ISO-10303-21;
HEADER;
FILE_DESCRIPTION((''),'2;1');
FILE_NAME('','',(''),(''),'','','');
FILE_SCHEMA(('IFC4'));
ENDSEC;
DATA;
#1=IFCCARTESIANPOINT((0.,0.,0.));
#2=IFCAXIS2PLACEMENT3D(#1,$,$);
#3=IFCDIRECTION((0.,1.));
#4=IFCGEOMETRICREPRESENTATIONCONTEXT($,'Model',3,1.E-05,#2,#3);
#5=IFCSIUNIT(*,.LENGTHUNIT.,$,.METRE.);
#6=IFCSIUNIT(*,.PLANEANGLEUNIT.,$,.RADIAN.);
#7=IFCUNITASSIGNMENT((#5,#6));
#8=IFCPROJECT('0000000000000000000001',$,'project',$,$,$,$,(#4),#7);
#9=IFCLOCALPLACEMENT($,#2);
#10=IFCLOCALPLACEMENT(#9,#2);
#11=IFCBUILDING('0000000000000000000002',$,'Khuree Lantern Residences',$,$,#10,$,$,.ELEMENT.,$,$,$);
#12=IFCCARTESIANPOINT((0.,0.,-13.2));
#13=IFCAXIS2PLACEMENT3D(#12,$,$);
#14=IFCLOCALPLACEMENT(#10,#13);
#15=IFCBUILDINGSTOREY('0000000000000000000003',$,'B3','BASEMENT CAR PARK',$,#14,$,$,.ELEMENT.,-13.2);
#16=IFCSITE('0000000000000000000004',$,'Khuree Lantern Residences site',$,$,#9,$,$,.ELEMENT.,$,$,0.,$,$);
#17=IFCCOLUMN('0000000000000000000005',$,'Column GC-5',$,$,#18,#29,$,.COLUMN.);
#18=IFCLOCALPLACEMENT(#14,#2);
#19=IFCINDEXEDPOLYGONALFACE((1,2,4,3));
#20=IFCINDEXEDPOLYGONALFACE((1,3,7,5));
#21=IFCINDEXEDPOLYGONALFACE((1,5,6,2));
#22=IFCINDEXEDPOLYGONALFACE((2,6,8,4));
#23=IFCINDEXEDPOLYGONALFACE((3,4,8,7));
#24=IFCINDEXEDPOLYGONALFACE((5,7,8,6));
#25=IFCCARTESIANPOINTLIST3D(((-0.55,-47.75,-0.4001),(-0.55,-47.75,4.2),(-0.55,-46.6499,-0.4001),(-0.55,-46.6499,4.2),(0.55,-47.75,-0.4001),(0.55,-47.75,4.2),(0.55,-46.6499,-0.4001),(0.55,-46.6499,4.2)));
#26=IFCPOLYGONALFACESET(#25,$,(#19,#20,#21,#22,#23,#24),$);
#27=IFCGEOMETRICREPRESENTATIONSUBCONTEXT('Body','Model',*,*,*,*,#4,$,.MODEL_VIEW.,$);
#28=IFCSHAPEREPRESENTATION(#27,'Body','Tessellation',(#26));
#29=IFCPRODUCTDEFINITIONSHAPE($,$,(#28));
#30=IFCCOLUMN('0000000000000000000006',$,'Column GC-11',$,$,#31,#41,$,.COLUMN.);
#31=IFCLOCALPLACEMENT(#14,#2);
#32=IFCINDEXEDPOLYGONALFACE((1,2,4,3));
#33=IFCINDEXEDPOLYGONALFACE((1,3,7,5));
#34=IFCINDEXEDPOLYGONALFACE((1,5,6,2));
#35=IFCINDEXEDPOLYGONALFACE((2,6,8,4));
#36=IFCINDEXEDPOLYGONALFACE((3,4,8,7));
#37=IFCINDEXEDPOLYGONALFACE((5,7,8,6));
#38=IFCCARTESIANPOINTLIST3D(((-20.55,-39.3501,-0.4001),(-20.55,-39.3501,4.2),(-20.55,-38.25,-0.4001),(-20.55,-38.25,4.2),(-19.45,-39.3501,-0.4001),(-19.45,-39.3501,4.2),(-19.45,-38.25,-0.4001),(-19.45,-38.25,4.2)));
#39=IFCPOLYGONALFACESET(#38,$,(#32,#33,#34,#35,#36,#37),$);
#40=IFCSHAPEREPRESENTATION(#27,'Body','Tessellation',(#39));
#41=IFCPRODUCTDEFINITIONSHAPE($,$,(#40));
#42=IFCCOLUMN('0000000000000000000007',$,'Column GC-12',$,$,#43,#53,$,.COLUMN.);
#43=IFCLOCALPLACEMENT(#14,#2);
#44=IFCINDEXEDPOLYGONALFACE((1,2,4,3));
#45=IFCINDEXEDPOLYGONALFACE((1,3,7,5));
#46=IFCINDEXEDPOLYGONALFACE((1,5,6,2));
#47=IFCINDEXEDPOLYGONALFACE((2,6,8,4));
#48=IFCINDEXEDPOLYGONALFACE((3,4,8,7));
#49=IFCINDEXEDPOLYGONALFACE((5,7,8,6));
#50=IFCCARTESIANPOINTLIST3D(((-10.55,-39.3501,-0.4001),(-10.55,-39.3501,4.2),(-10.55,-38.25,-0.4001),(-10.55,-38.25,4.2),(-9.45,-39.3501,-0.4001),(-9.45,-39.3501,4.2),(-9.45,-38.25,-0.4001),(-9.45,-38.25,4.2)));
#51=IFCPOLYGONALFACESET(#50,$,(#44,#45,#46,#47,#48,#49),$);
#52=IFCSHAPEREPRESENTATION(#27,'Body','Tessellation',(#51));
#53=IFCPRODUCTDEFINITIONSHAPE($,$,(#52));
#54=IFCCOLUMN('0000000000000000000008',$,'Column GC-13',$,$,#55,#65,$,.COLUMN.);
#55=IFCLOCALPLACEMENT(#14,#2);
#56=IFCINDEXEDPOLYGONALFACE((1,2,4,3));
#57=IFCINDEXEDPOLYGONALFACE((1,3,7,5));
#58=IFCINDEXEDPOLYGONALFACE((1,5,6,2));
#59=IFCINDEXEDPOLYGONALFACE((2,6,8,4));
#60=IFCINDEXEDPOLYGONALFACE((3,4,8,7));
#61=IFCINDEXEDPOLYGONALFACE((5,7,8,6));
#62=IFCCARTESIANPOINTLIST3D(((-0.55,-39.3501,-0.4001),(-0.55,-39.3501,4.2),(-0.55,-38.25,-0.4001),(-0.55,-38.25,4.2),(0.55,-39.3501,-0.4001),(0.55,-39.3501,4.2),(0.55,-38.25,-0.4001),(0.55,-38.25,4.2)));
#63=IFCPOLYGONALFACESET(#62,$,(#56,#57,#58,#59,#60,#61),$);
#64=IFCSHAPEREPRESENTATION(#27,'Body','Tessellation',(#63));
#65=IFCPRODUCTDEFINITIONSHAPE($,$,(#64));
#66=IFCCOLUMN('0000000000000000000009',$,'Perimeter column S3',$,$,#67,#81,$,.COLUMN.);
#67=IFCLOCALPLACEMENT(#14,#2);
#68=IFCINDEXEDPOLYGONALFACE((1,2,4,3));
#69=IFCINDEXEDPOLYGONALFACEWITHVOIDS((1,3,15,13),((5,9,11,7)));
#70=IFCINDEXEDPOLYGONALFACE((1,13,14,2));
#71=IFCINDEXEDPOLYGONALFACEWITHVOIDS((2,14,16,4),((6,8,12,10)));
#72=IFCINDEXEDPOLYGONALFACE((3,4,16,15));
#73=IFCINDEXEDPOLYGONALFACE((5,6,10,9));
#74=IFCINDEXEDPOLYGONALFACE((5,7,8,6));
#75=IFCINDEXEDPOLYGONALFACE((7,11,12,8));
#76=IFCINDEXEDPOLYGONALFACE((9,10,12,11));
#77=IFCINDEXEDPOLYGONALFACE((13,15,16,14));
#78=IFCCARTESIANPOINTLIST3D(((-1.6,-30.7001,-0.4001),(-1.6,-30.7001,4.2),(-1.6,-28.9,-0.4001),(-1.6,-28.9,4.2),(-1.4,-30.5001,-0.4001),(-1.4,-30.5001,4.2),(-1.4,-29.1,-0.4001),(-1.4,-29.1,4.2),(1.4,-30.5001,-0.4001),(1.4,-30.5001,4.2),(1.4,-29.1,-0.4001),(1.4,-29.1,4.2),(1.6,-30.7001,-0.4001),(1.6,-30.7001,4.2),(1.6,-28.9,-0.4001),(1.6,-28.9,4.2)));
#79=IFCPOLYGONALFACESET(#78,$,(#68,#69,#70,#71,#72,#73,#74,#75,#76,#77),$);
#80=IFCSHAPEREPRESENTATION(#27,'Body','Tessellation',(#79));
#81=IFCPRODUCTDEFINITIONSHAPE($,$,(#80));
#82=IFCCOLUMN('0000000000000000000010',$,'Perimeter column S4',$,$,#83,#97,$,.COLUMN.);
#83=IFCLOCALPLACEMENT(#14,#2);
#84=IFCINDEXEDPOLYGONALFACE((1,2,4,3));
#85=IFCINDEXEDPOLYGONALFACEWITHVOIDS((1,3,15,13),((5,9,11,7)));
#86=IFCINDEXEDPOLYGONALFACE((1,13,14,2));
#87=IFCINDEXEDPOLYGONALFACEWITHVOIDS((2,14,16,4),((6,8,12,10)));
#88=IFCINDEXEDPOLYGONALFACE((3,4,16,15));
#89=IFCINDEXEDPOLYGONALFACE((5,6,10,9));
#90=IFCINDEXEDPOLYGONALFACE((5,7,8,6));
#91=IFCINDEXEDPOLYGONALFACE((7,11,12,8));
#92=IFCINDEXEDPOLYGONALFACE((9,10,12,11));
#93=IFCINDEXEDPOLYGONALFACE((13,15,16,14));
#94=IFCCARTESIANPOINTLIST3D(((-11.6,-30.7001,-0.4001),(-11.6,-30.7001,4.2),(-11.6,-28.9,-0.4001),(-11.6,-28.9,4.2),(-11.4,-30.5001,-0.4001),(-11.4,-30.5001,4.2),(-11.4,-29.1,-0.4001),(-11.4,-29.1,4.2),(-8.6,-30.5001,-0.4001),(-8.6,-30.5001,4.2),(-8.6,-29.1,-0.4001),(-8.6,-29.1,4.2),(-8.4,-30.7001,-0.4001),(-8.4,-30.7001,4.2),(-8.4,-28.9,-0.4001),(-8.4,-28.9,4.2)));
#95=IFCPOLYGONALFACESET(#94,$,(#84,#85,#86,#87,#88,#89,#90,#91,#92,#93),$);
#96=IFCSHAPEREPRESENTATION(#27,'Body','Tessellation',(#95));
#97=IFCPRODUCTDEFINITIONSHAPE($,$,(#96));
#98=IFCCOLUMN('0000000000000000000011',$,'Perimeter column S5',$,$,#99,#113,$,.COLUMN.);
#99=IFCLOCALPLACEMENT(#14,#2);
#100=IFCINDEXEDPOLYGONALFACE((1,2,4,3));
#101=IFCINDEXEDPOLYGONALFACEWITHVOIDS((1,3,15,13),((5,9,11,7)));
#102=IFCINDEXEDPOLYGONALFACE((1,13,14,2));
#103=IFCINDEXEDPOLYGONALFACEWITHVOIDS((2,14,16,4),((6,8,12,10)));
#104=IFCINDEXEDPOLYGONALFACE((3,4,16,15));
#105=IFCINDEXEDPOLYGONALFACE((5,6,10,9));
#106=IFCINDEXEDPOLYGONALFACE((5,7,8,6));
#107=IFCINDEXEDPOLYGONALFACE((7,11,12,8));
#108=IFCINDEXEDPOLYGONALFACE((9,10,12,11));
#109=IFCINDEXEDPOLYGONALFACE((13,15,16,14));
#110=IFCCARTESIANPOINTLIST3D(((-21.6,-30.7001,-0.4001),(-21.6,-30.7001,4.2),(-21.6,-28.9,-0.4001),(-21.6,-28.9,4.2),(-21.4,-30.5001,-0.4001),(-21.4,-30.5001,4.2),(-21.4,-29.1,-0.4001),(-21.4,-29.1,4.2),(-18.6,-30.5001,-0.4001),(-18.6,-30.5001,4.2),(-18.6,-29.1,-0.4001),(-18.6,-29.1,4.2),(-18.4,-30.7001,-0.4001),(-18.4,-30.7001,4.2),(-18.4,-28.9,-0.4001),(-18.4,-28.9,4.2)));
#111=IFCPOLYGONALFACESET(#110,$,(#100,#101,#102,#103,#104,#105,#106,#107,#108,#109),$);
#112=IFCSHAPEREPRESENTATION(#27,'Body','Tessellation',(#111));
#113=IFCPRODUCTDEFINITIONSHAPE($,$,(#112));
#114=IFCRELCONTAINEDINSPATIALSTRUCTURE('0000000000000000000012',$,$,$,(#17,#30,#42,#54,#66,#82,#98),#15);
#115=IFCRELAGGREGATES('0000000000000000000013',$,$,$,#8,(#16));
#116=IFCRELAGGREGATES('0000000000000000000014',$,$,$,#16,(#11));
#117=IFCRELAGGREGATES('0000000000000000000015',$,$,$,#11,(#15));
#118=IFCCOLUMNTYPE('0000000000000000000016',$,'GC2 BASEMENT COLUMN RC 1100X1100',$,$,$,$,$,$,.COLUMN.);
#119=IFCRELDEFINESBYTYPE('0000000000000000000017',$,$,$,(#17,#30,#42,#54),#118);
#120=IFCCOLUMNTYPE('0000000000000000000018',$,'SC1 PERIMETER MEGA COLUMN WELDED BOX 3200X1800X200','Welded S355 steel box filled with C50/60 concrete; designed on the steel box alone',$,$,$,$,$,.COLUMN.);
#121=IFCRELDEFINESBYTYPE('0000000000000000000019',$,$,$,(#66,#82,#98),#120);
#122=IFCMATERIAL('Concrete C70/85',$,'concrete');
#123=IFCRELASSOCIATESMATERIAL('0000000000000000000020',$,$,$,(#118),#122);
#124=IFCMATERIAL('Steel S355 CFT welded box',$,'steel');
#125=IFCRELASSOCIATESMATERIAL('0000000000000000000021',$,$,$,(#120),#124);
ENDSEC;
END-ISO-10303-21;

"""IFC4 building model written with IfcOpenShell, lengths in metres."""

from ifc_helpers import new_model, si_unit, direction, frame, origin, origin_2d, place, context, subcontext, project, spatial, rectangle, hollow_rectangle, extrude, material, material_profile, profile_set, type_object, element, save


model = new_model("IFC4")

# Units and contexts
model_context = context("Model", 3, precision=1e-05, world=origin(), true_north=direction((0.0, 1.0)))
body_context = subcontext(model_context, "Body", "Model", "MODEL_VIEW")
ifc_project = project(units=[si_unit("LENGTHUNIT", "METRE"), si_unit("PLANEANGLEUNIT", "RADIAN")], contexts=[model_context])

# Site, building, storey
site_placement = place(None, origin())
site = spatial("IfcSite", under=ifc_project, at=site_placement, Name="Khuree Lantern Residences site", CompositionType="ELEMENT", RefElevation=0.0)
building_placement = place(site_placement, origin())
building = spatial("IfcBuilding", under=site, at=building_placement, Name="Khuree Lantern Residences", CompositionType="ELEMENT")
storey_placement = place(building_placement, frame((0.0, 0.0, -13.2)))
storey = spatial("IfcBuildingStorey", under=building, at=storey_placement, Name="B3", Description="BASEMENT CAR PARK", CompositionType="ELEMENT", Elevation=-13.2)

# Columns
ifc_material_1 = material(Name="Concrete C70/85", Category="concrete")
ifc_material_profile_1 = material_profile(ifc_material_1, rectangle(XDim=1.1001, YDim=1.1001, at=origin_2d()), Name="RC 1100X1100")
ifc_profile_set_1 = profile_set([ifc_material_profile_1], Name="Concrete C70/85")
column_type_1 = type_object("IfcColumnType", Name="GC2 BASEMENT COLUMN RC 1100X1100", PredefinedType="COLUMN", material=ifc_profile_set_1)
for number, where, z_axis, x_axis, name in (
    (1, (0.0, -47.2, -0.4001), (0.0, 0.0, 1.0), (1.0, 0.0, 0.0), "Column GC-5"),
    (2, (-20.0, -38.8, -0.4001), (0.0, 0.0, 1.0), (1.0, 0.0, 0.0), "Column GC-11"),
    (3, (-10.0, -38.8, -0.4001), (0.0, 0.0, 1.0), (1.0, 0.0, 0.0), "Column GC-12"),
    (4, (0.0, -38.8, -0.4001), (0.0, 0.0, 1.0), (1.0, 0.0, 0.0), "Column GC-13"),
):
    element("IfcColumn", number, at=place(storey_placement, frame(where, z_axis=z_axis, x_axis=x_axis)), inside=storey, type_object=column_type_1, Name=name, PredefinedType="COLUMN", context=body_context, shape_type="SweptSolid", body=[
        extrude(rectangle(XDim=1.1001, YDim=1.1001, at=origin_2d()), origin(), (0.0, 0.0, 1.0), 4.6001),
    ])
ifc_material_2 = material(Name="Steel S355 CFT welded box", Category="steel")
ifc_material_profile_2 = material_profile(ifc_material_2, hollow_rectangle(XDim=3.2, YDim=1.8, WallThickness=0.2, at=origin_2d()), Name="WELDED BOX 3200X1800X200")
ifc_profile_set_2 = profile_set([ifc_material_profile_2], Name="Steel S355 CFT welded box")
column_type_2 = type_object("IfcColumnType", Name="SC1 PERIMETER MEGA COLUMN WELDED BOX 3200X1800X200", Description="Welded S355 steel box filled with C50/60 concrete; designed on the steel box alone", PredefinedType="COLUMN", material=ifc_profile_set_2)
for number, where, z_axis, x_axis, name in (
    (5, (0.0, -29.8, -0.4001), (0.0, 0.0, 1.0), (1.0, 0.0, 0.0), "Perimeter column S3"),
    (6, (-10.0, -29.8, -0.4001), (0.0, 0.0, 1.0), (1.0, 0.0, 0.0), "Perimeter column S4"),
    (7, (-20.0, -29.8, -0.4001), (0.0, 0.0, 1.0), (1.0, 0.0, 0.0), "Perimeter column S5"),
):
    element("IfcColumn", number, at=place(storey_placement, frame(where, z_axis=z_axis, x_axis=x_axis)), inside=storey, type_object=column_type_2, Name=name, PredefinedType="COLUMN", context=body_context, shape_type="SweptSolid", body=[
        extrude(hollow_rectangle(XDim=3.2, YDim=1.8, WallThickness=0.2, at=origin_2d()), origin(), (0.0, 0.0, 1.0), 4.6001),
    ])

save(model, "model.ifc")
